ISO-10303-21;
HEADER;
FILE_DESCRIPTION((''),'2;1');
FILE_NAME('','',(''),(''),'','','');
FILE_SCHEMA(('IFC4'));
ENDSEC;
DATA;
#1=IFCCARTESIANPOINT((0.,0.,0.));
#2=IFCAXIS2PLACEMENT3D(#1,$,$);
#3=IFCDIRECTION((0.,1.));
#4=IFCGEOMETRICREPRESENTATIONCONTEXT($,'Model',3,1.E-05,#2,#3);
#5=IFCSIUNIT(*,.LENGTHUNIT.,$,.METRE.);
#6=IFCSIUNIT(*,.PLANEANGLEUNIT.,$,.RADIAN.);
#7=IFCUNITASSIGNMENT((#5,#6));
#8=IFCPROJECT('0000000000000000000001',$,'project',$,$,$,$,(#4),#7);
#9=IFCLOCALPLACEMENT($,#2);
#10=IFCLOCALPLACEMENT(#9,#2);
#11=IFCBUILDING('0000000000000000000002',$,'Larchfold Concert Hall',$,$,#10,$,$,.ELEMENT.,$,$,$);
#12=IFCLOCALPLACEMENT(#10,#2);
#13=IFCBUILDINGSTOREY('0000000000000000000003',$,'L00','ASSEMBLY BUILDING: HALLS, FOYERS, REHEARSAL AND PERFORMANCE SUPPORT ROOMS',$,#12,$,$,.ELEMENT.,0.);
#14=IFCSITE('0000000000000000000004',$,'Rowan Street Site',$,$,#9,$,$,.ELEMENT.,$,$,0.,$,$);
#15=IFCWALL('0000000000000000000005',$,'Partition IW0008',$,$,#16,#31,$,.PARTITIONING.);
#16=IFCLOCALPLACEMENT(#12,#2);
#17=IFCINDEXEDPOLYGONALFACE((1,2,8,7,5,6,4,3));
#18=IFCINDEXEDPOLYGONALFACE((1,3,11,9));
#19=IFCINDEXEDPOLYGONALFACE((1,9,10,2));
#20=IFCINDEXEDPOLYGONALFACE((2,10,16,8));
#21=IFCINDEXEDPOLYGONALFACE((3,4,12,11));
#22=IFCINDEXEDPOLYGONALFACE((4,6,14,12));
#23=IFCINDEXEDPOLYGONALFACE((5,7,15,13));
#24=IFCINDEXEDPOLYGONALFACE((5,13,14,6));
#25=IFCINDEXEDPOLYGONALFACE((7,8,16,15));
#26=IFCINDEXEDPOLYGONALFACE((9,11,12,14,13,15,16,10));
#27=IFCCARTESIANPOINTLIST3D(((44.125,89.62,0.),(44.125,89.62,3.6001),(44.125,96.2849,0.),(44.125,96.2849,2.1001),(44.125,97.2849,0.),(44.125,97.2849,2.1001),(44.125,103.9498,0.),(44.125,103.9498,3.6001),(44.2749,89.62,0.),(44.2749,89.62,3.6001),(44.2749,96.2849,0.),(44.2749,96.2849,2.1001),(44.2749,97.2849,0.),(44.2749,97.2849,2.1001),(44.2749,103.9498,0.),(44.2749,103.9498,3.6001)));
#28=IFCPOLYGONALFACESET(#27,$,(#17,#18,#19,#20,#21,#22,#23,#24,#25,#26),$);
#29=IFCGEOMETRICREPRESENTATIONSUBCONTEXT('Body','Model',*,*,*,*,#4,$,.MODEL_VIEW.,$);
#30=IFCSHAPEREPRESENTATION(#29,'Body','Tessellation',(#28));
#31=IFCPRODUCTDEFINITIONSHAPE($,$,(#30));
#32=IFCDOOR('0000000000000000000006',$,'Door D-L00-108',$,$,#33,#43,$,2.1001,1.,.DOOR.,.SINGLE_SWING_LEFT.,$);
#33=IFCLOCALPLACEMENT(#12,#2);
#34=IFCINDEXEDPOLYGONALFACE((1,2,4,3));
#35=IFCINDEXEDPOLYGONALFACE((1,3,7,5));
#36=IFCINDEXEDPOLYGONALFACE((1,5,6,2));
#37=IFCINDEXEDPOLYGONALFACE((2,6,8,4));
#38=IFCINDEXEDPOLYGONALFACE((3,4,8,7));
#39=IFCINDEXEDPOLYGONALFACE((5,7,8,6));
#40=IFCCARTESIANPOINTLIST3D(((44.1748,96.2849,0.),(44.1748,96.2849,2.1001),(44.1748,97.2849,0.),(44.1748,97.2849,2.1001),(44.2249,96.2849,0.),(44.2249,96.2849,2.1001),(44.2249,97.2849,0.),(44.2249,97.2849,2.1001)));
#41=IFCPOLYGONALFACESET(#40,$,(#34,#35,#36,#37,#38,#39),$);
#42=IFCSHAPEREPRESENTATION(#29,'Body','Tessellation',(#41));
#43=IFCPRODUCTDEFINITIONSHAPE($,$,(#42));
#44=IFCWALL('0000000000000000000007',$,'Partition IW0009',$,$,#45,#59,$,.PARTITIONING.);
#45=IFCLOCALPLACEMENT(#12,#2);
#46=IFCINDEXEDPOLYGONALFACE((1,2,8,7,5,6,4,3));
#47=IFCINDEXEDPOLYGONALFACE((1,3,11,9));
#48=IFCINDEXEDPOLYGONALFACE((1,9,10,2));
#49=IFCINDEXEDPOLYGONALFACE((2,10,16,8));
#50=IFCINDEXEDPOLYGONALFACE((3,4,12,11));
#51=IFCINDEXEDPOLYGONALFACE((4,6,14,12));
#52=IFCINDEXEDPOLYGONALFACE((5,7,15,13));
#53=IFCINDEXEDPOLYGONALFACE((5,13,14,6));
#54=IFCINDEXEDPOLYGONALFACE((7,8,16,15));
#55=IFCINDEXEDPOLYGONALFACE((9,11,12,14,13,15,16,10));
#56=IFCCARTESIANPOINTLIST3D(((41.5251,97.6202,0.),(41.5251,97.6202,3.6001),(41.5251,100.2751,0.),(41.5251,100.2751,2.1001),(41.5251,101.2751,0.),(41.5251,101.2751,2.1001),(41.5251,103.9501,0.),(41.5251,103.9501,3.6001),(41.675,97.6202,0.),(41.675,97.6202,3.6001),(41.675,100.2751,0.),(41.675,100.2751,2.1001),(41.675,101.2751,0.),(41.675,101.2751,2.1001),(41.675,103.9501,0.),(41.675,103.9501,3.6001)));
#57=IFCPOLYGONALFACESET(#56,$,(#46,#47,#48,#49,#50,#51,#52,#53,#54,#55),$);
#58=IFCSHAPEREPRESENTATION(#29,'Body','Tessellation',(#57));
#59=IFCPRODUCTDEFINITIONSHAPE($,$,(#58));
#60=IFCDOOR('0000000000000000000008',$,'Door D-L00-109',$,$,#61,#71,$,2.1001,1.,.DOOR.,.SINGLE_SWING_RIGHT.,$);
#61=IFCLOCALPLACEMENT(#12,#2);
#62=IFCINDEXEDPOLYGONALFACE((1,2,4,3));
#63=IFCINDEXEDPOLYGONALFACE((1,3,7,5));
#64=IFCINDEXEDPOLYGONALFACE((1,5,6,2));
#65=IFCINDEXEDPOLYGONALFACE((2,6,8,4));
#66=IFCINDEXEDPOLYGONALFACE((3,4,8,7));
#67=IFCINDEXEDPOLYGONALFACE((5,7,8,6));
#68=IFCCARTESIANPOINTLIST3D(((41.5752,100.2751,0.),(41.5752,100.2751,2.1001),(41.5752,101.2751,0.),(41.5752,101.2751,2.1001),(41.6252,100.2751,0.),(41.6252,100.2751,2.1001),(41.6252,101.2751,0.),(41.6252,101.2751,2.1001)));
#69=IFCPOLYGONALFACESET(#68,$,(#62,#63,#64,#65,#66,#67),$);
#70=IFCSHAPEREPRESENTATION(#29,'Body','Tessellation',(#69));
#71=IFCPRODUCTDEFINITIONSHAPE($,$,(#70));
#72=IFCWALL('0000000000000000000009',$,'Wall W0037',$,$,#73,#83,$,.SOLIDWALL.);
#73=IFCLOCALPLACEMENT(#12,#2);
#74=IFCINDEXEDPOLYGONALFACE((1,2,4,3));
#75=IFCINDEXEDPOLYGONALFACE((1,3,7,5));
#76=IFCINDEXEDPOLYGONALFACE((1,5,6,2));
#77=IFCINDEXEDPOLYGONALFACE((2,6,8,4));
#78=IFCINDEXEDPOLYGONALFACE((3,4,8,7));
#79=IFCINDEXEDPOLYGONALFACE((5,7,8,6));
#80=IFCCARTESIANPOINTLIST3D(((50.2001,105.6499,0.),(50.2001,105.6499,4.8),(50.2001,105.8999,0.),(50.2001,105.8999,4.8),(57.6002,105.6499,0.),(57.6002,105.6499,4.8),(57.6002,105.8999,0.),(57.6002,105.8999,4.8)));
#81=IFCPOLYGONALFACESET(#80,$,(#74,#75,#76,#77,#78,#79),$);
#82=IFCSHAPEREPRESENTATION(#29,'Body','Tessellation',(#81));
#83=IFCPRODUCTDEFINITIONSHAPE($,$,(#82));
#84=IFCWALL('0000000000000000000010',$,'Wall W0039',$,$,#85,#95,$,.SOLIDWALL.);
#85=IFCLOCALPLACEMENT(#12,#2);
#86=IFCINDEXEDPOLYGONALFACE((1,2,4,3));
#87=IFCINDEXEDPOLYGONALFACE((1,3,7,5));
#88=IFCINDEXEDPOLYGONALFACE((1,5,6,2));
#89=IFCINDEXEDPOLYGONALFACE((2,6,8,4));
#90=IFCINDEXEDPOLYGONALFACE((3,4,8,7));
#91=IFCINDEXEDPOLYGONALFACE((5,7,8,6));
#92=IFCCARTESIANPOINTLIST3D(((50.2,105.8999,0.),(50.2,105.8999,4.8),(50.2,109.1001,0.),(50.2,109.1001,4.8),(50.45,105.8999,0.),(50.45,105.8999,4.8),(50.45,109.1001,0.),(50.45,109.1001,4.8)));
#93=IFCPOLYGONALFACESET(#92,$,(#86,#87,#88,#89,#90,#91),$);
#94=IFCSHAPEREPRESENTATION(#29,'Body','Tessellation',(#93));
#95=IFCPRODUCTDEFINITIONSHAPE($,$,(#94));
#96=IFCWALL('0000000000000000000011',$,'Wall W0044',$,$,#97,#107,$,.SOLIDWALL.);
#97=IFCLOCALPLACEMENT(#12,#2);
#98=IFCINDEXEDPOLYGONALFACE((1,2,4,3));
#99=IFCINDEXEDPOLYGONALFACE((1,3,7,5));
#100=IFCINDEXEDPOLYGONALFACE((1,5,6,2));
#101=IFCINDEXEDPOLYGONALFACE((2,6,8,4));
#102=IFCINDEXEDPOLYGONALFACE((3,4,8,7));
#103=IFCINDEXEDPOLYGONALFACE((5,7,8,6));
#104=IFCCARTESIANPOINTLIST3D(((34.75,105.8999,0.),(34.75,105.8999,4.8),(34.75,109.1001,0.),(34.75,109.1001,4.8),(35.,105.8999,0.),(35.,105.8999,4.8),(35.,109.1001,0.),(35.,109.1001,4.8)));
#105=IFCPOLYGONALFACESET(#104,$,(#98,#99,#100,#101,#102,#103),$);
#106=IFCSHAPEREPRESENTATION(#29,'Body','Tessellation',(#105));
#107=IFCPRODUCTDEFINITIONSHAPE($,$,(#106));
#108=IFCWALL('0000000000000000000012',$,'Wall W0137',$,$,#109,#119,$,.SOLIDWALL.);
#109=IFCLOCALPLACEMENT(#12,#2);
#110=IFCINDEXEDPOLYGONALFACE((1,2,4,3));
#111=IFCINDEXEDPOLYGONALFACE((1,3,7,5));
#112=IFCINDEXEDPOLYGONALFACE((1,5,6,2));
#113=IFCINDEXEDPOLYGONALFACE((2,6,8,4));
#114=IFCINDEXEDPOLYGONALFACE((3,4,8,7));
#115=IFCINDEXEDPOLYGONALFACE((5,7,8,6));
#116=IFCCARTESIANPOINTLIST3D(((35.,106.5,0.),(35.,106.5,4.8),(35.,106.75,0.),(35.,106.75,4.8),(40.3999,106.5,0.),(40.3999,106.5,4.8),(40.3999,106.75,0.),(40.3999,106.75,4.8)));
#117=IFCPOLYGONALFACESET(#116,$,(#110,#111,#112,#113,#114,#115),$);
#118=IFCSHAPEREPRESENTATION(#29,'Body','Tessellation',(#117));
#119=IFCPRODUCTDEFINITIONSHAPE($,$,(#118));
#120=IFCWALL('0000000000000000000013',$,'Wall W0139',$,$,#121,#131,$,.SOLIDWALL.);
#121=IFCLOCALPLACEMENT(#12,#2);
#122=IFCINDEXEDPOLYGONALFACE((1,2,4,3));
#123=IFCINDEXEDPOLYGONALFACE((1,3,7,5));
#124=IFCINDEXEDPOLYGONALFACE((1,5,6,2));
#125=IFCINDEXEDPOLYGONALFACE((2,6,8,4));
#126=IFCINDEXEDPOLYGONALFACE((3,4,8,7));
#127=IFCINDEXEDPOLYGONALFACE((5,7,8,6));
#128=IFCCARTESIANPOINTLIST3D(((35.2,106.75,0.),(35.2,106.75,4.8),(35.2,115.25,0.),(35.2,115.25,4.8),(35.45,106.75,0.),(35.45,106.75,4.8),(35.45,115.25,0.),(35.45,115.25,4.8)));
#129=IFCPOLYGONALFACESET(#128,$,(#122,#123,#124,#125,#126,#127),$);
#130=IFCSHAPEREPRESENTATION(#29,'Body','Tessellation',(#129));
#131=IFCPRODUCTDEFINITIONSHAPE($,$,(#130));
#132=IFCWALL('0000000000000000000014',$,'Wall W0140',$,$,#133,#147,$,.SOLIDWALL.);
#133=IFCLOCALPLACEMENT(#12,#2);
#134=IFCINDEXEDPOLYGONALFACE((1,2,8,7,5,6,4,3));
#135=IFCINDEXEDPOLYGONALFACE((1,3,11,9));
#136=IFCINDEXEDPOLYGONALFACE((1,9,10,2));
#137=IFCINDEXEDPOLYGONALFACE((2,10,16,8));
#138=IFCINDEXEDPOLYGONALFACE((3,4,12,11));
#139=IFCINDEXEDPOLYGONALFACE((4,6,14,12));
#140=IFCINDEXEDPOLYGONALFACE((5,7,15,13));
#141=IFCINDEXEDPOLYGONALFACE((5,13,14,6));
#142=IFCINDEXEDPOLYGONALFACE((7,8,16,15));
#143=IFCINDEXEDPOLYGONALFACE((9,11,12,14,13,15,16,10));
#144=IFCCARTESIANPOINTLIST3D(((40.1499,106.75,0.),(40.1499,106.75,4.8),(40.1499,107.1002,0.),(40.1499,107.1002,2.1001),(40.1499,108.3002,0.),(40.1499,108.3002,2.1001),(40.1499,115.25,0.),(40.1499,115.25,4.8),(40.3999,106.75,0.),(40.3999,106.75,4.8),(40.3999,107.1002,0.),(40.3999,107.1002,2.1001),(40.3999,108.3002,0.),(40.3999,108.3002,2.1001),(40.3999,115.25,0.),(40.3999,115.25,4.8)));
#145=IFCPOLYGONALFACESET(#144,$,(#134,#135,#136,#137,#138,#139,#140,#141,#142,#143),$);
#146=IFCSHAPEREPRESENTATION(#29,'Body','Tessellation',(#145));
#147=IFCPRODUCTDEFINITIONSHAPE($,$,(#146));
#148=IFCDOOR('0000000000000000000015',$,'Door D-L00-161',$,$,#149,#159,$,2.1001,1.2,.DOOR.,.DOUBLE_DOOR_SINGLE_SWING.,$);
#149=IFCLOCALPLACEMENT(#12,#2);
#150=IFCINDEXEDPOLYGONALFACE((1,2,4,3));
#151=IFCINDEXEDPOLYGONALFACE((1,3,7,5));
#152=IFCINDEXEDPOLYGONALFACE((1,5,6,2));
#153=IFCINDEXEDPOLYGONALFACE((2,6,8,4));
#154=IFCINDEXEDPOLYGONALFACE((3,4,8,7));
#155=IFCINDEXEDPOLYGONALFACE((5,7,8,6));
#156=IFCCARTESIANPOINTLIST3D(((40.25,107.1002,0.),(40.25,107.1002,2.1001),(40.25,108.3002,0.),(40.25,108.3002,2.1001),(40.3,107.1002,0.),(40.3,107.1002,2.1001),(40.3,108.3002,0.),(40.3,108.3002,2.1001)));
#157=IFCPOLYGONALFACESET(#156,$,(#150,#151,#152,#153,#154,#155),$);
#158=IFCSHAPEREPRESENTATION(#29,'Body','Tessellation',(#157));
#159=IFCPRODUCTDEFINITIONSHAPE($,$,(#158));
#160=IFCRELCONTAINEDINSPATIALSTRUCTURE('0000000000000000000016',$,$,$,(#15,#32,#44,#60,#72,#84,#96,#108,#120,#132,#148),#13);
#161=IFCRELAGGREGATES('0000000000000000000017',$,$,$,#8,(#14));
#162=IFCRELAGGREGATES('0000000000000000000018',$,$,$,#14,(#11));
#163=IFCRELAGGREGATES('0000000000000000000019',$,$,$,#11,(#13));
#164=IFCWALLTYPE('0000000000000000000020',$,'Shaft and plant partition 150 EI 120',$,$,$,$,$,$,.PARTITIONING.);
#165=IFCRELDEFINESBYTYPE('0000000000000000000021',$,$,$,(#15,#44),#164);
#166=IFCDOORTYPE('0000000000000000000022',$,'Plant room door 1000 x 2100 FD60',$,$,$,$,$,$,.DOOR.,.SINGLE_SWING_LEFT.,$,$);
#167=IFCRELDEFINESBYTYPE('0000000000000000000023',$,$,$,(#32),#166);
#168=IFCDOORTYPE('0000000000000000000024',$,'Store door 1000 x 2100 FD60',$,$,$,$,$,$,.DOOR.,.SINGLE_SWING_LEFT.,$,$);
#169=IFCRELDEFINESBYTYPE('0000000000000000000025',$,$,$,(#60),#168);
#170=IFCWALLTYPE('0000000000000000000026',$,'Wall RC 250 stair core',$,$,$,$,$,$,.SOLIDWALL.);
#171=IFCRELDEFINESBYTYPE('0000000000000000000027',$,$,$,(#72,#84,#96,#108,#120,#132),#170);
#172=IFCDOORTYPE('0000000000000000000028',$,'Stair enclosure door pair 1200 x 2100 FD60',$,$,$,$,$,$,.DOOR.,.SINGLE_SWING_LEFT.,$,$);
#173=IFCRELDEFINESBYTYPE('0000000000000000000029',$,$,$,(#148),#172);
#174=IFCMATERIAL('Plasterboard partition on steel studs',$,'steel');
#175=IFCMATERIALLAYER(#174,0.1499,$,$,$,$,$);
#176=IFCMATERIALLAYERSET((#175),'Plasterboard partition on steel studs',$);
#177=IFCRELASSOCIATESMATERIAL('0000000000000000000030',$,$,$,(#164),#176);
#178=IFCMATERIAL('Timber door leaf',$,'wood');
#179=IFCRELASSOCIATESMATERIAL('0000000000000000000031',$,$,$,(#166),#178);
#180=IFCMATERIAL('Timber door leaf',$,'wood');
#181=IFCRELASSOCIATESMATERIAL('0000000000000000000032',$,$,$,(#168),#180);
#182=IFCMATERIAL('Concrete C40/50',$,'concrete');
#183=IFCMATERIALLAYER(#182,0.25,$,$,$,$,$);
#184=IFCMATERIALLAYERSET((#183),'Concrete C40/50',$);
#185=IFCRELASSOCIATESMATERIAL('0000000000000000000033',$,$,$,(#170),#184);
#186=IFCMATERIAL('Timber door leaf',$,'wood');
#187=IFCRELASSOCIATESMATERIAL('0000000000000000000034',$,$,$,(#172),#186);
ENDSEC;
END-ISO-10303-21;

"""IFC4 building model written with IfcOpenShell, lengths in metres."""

from ifc_helpers import new_model, si_unit, direction, frame, frame_2d, origin, place, context, subcontext, project, spatial, rectangle, extrude, material, layer, layer_set, type_object, element, fill, save


model = new_model("IFC4")

# Units and contexts
model_context = context("Model", 3, precision=1e-05, world=origin(), true_north=direction((0.0, 1.0)))
body_context = subcontext(model_context, "Body", "Model", "MODEL_VIEW")
ifc_project = project(units=[si_unit("LENGTHUNIT", "METRE"), si_unit("PLANEANGLEUNIT", "RADIAN")], contexts=[model_context])

# Site, building, storey
site_placement = place(None, origin())
site = spatial("IfcSite", under=ifc_project, at=site_placement, Name="Rowan Street Site", CompositionType="ELEMENT", RefElevation=0.0)
building_placement = place(site_placement, origin())
building = spatial("IfcBuilding", under=site, at=building_placement, Name="Larchfold Concert Hall", CompositionType="ELEMENT")
storey_placement = place(building_placement, origin())
storey = spatial("IfcBuildingStorey", under=building, at=storey_placement, Name="L00", Description="ASSEMBLY BUILDING: HALLS, FOYERS, REHEARSAL AND PERFORMANCE SUPPORT ROOMS", CompositionType="ELEMENT", Elevation=0.0)

# Walls, openings, doors
ifc_material_1 = material(Name="Plasterboard partition on steel studs", Category="steel")
ifc_layer_1 = layer(ifc_material_1, 0.1499)
ifc_layer_set_1 = layer_set([ifc_layer_1], Name="Plasterboard partition on steel studs")
wall_type_1 = type_object("IfcWallType", Name="Shaft and plant partition 150 EI 120", PredefinedType="PARTITIONING", material=ifc_layer_set_1)
wall_1_placement = place(storey_placement, frame((44.2, 103.95, 0.0), z_axis=(0.0, 0.0, 1.0), x_axis=(0.0, -1.0, 0.0)))
wall_1 = element("IfcWall", 1, at=wall_1_placement, inside=storey, type_object=wall_type_1, Name="Partition IW0008", PredefinedType="PARTITIONING", context=body_context, shape_type="SweptSolid", body=[
    extrude(rectangle(XDim=14.3298, YDim=0.1499, at=frame_2d((7.165, 0.0))), origin(), (0.0, 0.0, 1.0), 3.6001),
])
opening_1_placement = place(wall_1_placement, frame((6.665, 0.0, 0.0)))
opening_1 = element("IfcOpeningElement", 2, at=opening_1_placement, cuts=wall_1, PredefinedType="OPENING", context=body_context, shape_type="SweptSolid", body=[
    extrude(rectangle(XDim=1.0, YDim=2.1001, at=frame_2d((0.5, 1.05))), frame((0.0, 0.085, 0.0), z_axis=(0.0, -1.0, 0.0), x_axis=(1.0, 0.0, 0.0)), (0.0, 0.0, 1.0), 0.1699),
])
ifc_material_2 = material(Name="Timber door leaf", Category="wood")
door_type_1 = type_object("IfcDoorType", Name="Plant room door 1000 x 2100 FD60", OperationType="SINGLE_SWING_LEFT", PredefinedType="DOOR", material=ifc_material_2)
door_1_placement = place(opening_1_placement, origin())
door_1 = element("IfcDoor", 3, at=door_1_placement, inside=storey, type_object=door_type_1, Name="Door D-L00-108", OperationType="SINGLE_SWING_LEFT", OverallHeight=2.1001, OverallWidth=1.0, PredefinedType="DOOR", context=body_context, shape_type="SweptSolid", body=[
    extrude(rectangle(XDim=1.0, YDim=2.1001, at=frame_2d((0.5, 1.05))), frame((0.0, 0.0249, 0.0), z_axis=(0.0, -1.0, 0.0), x_axis=(1.0, 0.0, 0.0)), (0.0, 0.0, 1.0), 0.05),
])
fill(opening_1, door_1)
wall_2_placement = place(storey_placement, frame((41.6001, 97.6201, 0.0), z_axis=(0.0, 0.0, 1.0), x_axis=(0.0, 1.0, 0.0)))
wall_2 = element("IfcWall", 4, at=wall_2_placement, inside=storey, type_object=wall_type_1, Name="Partition IW0009", PredefinedType="PARTITIONING", context=body_context, shape_type="SweptSolid", body=[
    extrude(rectangle(XDim=6.3298, YDim=0.1499, at=frame_2d((3.165, 0.0))), origin(), (0.0, 0.0, 1.0), 3.6001),
])
opening_2_placement = place(wall_2_placement, frame((2.655, 0.0, 0.0)))
opening_2 = element("IfcOpeningElement", 5, at=opening_2_placement, cuts=wall_2, PredefinedType="OPENING", context=body_context, shape_type="SweptSolid", body=[
    extrude(rectangle(XDim=1.0, YDim=2.1001, at=frame_2d((0.5, 1.05))), frame((0.0, 0.085, 0.0), z_axis=(0.0, -1.0, 0.0), x_axis=(1.0, 0.0, 0.0)), (0.0, 0.0, 1.0), 0.1699),
])
ifc_material_3 = material(Name="Timber door leaf", Category="wood")
door_type_2 = type_object("IfcDoorType", Name="Store door 1000 x 2100 FD60", OperationType="SINGLE_SWING_LEFT", PredefinedType="DOOR", material=ifc_material_3)
door_2_placement = place(opening_2_placement, origin())
door_2 = element("IfcDoor", 6, at=door_2_placement, inside=storey, type_object=door_type_2, Name="Door D-L00-109", OperationType="SINGLE_SWING_RIGHT", OverallHeight=2.1001, OverallWidth=1.0, PredefinedType="DOOR", context=body_context, shape_type="SweptSolid", body=[
    extrude(rectangle(XDim=1.0, YDim=2.1001, at=frame_2d((0.5, 1.05))), frame((0.0, 0.0249, 0.0), z_axis=(0.0, -1.0, 0.0), x_axis=(1.0, 0.0, 0.0)), (0.0, 0.0, 1.0), 0.05),
])
fill(opening_2, door_2)

# Walls
ifc_material_4 = material(Name="Concrete C40/50", Category="concrete")
ifc_layer_2 = layer(ifc_material_4, 0.25)
ifc_layer_set_2 = layer_set([ifc_layer_2], Name="Concrete C40/50")
wall_type_2 = type_object("IfcWallType", Name="Wall RC 250 stair core", PredefinedType="SOLIDWALL", material=ifc_layer_set_2)
wall_3_placement = place(storey_placement, frame((50.2, 105.7749, 0.0), z_axis=(0.0, 0.0, 1.0), x_axis=(1.0, 0.0, 0.0)))
element("IfcWall", 7, at=wall_3_placement, inside=storey, type_object=wall_type_2, Name="Wall W0037", PredefinedType="SOLIDWALL", context=body_context, shape_type="SweptSolid", body=[
    extrude(rectangle(XDim=7.4001, YDim=0.25, at=frame_2d((3.7002, 0.0))), origin(), (0.0, 0.0, 1.0), 4.8),
])
for number, where, z_axis, x_axis, name in (
    (8, (50.325, 105.8999, 0.0), (0.0, 0.0, 1.0), (0.0, 1.0, 0.0), "Wall W0039"),
    (9, (34.875, 105.8999, 0.0), (0.0, 0.0, 1.0), (0.0, 1.0, 0.0), "Wall W0044"),
):
    element("IfcWall", number, at=place(storey_placement, frame(where, z_axis=z_axis, x_axis=x_axis)), inside=storey, type_object=wall_type_2, Name=name, PredefinedType="SOLIDWALL", context=body_context, shape_type="SweptSolid", body=[
        extrude(rectangle(XDim=3.2002, YDim=0.25, at=frame_2d((1.6001, 0.0))), origin(), (0.0, 0.0, 1.0), 4.8),
    ])
wall_4_placement = place(storey_placement, frame((35.0, 106.625, 0.0), z_axis=(0.0, 0.0, 1.0), x_axis=(1.0, 0.0, 0.0)))
element("IfcWall", 10, at=wall_4_placement, inside=storey, type_object=wall_type_2, Name="Wall W0137", PredefinedType="SOLIDWALL", context=body_context, shape_type="SweptSolid", body=[
    extrude(rectangle(XDim=5.3999, YDim=0.25, at=frame_2d((2.7, 0.0))), origin(), (0.0, 0.0, 1.0), 4.8),
])
wall_5_placement = place(storey_placement, frame((35.325, 106.75, 0.0), z_axis=(0.0, 0.0, 1.0), x_axis=(0.0, 1.0, 0.0)))
element("IfcWall", 11, at=wall_5_placement, inside=storey, type_object=wall_type_2, Name="Wall W0139", PredefinedType="SOLIDWALL", context=body_context, shape_type="SweptSolid", body=[
    extrude(rectangle(XDim=8.5, YDim=0.25, at=frame_2d((4.25, 0.0))), origin(), (0.0, 0.0, 1.0), 4.8),
])

# Wall, opening, door
wall_6_placement = place(storey_placement, frame((40.2749, 106.75, 0.0), z_axis=(0.0, 0.0, 1.0), x_axis=(0.0, 1.0, 0.0)))
wall_6 = element("IfcWall", 12, at=wall_6_placement, inside=storey, type_object=wall_type_2, Name="Wall W0140", PredefinedType="SOLIDWALL", context=body_context, shape_type="SweptSolid", body=[
    extrude(rectangle(XDim=8.5, YDim=0.25, at=frame_2d((4.25, 0.0))), origin(), (0.0, 0.0, 1.0), 4.8),
])
opening_3_placement = place(wall_6_placement, frame((0.3501, 0.0, 0.0)))
opening_3 = element("IfcOpeningElement", 13, at=opening_3_placement, cuts=wall_6, PredefinedType="OPENING", context=body_context, shape_type="SweptSolid", body=[
    extrude(rectangle(XDim=1.2, YDim=2.1001, at=frame_2d((0.6001, 1.05))), frame((0.0, 0.135, 0.0), z_axis=(0.0, -1.0, 0.0), x_axis=(1.0, 0.0, 0.0)), (0.0, 0.0, 1.0), 0.27),
])
ifc_material_5 = material(Name="Timber door leaf", Category="wood")
door_type_3 = type_object("IfcDoorType", Name="Stair enclosure door pair 1200 x 2100 FD60", OperationType="SINGLE_SWING_LEFT", PredefinedType="DOOR", material=ifc_material_5)
door_3_placement = place(opening_3_placement, origin())
door_3 = element("IfcDoor", 14, at=door_3_placement, inside=storey, type_object=door_type_3, Name="Door D-L00-161", OperationType="DOUBLE_DOOR_SINGLE_SWING", OverallHeight=2.1001, OverallWidth=1.2, PredefinedType="DOOR", context=body_context, shape_type="SweptSolid", body=[
    extrude(rectangle(XDim=1.2, YDim=2.1001, at=frame_2d((0.6001, 1.05))), frame((0.0, 0.0249, 0.0), z_axis=(0.0, -1.0, 0.0), x_axis=(1.0, 0.0, 0.0)), (0.0, 0.0, 1.0), 0.05),
])
fill(opening_3, door_3)

save(model, "model.ifc")
